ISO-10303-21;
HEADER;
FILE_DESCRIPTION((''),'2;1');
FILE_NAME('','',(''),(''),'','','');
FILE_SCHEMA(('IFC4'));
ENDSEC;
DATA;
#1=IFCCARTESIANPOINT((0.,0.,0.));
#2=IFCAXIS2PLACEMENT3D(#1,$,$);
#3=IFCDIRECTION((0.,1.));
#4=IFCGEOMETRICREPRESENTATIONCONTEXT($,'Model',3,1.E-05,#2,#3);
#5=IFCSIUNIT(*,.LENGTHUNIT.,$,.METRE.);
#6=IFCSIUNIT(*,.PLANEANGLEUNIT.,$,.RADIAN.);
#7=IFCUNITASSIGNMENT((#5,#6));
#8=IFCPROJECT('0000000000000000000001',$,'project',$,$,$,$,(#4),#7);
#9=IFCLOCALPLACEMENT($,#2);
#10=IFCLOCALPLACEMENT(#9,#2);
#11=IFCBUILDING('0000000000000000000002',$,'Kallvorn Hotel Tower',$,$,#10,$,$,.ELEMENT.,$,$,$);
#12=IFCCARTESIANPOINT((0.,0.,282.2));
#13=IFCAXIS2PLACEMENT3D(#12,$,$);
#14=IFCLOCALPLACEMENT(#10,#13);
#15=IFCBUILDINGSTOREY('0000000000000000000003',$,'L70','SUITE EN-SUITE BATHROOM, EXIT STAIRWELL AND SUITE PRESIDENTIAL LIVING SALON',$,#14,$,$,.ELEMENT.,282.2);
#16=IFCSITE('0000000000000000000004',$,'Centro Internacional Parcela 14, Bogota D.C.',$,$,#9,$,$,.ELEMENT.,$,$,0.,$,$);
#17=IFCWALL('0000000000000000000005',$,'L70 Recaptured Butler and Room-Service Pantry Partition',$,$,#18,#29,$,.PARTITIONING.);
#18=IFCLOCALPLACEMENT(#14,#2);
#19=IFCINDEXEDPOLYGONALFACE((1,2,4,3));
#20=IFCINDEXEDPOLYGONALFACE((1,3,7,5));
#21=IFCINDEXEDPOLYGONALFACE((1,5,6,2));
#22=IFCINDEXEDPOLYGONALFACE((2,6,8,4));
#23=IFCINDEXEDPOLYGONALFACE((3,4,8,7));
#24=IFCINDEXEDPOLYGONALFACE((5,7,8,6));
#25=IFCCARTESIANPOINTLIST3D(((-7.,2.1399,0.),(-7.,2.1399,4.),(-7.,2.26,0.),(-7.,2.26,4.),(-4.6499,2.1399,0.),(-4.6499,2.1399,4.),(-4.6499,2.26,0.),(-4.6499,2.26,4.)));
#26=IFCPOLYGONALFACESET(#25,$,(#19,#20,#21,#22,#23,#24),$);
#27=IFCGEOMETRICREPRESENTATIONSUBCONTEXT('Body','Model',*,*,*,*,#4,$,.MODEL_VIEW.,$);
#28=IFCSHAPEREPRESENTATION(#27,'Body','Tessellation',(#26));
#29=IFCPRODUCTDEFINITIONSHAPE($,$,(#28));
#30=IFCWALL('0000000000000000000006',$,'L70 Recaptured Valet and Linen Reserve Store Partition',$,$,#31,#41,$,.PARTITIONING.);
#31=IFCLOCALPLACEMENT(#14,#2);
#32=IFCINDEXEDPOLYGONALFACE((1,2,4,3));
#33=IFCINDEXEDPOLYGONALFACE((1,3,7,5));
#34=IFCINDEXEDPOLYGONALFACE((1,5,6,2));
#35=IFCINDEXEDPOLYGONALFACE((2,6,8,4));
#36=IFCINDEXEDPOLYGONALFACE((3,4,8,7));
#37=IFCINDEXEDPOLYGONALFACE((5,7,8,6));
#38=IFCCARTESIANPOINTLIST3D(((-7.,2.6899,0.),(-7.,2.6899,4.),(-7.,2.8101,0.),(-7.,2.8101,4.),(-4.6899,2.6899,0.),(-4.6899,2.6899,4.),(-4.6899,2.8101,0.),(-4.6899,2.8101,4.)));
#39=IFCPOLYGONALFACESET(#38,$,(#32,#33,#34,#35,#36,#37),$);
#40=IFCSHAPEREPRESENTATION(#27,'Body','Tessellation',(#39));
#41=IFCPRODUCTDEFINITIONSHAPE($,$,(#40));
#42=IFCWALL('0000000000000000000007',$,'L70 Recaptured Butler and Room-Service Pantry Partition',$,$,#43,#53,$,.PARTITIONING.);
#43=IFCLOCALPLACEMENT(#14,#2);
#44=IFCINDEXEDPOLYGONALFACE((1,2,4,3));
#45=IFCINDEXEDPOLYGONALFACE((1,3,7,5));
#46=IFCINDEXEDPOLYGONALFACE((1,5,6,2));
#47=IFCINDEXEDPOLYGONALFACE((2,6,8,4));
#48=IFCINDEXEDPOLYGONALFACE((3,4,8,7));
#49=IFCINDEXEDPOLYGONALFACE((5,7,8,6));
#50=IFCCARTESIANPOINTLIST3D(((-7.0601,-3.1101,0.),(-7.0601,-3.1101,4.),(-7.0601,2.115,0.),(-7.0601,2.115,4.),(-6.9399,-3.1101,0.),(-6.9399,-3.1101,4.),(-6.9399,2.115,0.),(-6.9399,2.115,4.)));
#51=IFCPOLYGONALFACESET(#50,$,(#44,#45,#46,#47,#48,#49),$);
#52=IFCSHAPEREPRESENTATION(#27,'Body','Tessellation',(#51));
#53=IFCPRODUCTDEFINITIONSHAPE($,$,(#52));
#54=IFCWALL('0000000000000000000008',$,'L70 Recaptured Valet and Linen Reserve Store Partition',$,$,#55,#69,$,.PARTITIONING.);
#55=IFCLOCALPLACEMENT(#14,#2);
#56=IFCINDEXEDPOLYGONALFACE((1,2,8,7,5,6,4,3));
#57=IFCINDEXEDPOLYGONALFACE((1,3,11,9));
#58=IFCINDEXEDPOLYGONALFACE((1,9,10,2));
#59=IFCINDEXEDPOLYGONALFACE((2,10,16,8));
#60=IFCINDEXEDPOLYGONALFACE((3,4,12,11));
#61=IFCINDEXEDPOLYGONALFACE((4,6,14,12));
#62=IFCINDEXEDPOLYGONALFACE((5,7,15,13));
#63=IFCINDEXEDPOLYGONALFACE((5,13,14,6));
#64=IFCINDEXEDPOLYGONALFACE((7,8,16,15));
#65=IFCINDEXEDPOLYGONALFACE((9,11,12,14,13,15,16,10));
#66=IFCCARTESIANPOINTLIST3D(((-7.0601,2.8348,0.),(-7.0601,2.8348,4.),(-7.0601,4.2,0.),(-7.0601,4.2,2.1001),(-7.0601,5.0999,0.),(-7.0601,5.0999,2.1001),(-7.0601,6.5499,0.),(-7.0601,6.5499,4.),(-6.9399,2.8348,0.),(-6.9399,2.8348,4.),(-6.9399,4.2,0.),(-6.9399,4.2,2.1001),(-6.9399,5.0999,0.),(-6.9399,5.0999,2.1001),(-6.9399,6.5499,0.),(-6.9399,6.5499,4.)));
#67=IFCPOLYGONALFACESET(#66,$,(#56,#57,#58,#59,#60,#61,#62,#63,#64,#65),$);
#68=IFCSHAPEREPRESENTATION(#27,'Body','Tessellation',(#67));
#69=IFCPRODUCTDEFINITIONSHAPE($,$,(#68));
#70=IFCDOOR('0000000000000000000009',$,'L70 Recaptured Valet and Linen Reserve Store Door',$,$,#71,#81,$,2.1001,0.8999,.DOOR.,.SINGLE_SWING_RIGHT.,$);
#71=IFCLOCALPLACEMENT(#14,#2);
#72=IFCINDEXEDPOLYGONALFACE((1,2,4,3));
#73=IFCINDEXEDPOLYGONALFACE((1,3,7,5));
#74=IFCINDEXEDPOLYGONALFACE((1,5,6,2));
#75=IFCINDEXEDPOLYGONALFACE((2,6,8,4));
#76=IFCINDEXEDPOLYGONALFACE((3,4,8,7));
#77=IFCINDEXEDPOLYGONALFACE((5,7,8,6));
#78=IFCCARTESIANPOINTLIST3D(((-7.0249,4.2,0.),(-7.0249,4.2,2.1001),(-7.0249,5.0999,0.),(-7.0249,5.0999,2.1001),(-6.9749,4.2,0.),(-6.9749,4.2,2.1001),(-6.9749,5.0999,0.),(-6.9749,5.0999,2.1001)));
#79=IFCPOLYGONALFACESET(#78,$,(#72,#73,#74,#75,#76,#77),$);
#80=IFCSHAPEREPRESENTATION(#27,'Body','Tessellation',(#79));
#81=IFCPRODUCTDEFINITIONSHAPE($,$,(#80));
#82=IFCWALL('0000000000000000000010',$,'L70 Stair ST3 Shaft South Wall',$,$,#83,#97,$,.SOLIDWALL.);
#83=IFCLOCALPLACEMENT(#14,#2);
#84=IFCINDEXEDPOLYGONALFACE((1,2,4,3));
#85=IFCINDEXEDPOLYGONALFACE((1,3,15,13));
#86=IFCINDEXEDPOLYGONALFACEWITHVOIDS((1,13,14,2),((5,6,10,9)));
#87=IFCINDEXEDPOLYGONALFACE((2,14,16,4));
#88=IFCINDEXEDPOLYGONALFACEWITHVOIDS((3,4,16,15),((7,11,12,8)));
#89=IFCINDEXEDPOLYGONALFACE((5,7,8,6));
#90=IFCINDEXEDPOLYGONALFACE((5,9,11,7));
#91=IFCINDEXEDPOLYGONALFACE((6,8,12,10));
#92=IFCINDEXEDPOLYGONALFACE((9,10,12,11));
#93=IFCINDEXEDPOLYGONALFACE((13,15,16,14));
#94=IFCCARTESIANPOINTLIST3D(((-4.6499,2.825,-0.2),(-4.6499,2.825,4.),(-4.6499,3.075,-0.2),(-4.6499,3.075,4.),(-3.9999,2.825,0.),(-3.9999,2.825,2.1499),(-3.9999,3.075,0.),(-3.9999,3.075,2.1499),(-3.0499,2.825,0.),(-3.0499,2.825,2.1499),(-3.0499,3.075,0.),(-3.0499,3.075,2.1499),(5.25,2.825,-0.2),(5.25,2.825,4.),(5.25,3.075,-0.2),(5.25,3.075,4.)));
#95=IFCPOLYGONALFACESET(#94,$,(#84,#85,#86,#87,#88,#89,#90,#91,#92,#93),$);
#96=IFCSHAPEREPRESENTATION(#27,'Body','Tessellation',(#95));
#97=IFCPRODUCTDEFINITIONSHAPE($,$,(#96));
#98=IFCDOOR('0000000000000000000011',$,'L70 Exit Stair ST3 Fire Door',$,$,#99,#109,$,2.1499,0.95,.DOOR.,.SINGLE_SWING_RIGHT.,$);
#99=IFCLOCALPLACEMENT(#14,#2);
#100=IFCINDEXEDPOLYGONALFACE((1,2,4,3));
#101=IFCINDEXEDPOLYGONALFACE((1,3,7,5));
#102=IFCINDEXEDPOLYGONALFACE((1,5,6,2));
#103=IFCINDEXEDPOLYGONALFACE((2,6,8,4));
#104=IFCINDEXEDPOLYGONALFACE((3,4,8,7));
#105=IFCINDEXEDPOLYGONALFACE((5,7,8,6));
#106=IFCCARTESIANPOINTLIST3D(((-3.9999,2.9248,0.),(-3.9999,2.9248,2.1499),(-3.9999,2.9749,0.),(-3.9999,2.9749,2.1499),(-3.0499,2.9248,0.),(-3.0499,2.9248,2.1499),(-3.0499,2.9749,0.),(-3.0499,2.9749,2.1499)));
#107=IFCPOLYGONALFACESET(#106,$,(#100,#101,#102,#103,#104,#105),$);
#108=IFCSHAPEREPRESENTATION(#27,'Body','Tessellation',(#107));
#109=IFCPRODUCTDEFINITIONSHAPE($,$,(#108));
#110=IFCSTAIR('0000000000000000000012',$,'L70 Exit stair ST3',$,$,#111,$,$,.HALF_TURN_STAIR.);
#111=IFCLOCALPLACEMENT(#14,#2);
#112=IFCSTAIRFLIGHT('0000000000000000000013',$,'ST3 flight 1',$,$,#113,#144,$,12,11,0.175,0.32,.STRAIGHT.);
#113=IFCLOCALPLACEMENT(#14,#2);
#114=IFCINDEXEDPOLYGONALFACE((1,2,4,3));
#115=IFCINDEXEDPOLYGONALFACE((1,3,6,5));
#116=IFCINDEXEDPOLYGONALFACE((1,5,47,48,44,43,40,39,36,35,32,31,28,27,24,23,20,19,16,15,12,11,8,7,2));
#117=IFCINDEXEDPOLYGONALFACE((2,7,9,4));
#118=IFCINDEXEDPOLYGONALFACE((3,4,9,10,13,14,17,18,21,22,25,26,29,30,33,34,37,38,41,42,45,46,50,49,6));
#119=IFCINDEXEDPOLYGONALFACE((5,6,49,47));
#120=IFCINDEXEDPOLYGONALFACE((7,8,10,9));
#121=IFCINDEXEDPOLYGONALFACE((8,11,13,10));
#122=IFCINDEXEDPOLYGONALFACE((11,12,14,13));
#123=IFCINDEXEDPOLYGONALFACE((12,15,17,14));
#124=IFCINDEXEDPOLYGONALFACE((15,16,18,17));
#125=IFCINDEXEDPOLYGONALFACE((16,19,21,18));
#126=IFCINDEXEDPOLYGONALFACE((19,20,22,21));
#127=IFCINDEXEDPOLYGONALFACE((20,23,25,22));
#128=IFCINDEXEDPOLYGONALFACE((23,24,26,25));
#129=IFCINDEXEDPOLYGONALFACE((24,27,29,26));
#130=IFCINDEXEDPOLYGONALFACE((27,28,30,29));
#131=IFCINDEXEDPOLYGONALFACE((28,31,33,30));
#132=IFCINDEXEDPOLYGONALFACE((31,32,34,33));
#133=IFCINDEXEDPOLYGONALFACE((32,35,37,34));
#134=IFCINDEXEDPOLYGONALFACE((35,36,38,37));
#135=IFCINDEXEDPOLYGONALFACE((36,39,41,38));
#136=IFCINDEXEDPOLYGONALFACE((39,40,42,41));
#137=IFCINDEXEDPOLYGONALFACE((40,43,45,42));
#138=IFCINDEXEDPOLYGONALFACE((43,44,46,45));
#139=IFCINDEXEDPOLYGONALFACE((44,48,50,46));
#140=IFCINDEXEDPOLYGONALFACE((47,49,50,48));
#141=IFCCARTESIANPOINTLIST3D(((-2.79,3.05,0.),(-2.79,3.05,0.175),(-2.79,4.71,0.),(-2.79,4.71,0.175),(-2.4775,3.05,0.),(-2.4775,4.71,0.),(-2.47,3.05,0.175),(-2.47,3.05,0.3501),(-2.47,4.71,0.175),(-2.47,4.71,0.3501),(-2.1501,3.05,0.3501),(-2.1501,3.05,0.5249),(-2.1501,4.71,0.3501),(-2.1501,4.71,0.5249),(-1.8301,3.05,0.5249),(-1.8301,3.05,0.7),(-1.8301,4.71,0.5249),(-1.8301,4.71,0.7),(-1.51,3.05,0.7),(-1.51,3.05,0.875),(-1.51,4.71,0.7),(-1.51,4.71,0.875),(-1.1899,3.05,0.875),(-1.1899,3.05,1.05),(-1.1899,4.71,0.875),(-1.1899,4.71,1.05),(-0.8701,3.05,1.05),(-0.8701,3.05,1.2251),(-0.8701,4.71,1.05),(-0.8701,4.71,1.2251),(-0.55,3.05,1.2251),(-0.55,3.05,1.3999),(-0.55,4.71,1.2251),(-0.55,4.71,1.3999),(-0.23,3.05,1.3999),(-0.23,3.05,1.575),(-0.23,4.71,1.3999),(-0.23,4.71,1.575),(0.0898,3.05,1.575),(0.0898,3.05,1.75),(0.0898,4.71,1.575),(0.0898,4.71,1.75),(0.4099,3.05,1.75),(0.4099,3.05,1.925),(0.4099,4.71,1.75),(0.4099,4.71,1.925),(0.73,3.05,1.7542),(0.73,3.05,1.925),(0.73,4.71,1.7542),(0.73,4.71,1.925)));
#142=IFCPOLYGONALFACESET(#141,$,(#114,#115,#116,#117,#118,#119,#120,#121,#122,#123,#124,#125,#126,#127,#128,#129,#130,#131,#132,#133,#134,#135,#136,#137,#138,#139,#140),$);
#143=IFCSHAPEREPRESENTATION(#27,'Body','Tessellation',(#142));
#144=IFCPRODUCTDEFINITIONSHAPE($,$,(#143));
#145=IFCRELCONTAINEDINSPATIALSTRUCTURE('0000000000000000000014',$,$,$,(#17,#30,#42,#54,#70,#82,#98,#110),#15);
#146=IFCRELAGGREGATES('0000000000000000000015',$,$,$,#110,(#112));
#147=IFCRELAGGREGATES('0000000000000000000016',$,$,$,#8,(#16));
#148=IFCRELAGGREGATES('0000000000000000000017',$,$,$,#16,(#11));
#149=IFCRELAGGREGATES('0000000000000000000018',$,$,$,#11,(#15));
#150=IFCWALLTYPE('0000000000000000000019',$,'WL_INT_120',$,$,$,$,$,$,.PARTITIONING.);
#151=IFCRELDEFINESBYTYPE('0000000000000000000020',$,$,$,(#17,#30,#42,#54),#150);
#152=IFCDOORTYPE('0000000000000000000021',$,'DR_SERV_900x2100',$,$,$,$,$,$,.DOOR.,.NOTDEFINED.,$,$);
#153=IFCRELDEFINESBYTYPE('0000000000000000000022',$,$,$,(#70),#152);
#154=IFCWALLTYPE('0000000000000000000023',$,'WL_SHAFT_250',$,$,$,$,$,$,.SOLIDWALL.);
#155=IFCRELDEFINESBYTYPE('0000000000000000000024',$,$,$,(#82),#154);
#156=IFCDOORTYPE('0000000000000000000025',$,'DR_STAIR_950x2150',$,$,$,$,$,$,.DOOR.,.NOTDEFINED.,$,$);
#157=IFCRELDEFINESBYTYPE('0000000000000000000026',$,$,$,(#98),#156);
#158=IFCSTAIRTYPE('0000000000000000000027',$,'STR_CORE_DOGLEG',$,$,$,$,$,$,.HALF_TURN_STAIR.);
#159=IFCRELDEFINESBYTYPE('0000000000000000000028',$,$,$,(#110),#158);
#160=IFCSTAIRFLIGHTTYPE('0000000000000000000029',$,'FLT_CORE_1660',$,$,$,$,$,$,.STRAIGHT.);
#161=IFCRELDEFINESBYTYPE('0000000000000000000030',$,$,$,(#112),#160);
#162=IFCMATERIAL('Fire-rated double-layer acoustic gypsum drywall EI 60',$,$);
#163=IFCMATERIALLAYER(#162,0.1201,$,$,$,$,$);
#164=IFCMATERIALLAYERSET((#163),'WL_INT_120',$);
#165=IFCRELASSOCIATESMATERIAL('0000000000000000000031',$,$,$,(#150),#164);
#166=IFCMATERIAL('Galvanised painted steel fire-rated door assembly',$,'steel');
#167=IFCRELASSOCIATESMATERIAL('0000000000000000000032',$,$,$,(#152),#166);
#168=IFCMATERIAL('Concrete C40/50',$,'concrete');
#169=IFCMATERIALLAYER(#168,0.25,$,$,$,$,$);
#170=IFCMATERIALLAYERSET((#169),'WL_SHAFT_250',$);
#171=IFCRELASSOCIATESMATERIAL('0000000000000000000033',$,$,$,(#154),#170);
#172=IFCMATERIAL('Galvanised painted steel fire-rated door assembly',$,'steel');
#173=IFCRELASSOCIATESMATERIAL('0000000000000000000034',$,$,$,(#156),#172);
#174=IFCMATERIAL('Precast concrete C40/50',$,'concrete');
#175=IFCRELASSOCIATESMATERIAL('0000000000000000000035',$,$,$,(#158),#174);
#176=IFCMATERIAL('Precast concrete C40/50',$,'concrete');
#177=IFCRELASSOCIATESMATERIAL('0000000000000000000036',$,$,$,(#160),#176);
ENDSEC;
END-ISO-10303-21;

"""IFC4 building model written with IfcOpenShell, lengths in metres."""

from ifc_helpers import new_model, si_unit, direction, frame, frame_2d, origin, place, context, subcontext, project, spatial, polyline, rectangle, outline, extrude, material, layer, layer_set, type_object, element, fill, aggregate, save


model = new_model("IFC4")

# Units and contexts
model_context = context("Model", 3, precision=1e-05, world=origin(), true_north=direction((0.0, 1.0)))
body_context = subcontext(model_context, "Body", "Model", "MODEL_VIEW")
ifc_project = project(units=[si_unit("LENGTHUNIT", "METRE"), si_unit("PLANEANGLEUNIT", "RADIAN")], contexts=[model_context])

# Site, building, storey
site_placement = place(None, origin())
site = spatial("IfcSite", under=ifc_project, at=site_placement, Name="Centro Internacional Parcela 14, Bogota D.C.", CompositionType="ELEMENT", RefElevation=0.0)
building_placement = place(site_placement, origin())
building = spatial("IfcBuilding", under=site, at=building_placement, Name="Kallvorn Hotel Tower", CompositionType="ELEMENT")
storey_placement = place(building_placement, frame((0.0, 0.0, 282.2)))
storey = spatial("IfcBuildingStorey", under=building, at=storey_placement, Name="L70", Description="SUITE EN-SUITE BATHROOM, EXIT STAIRWELL AND SUITE PRESIDENTIAL LIVING SALON", CompositionType="ELEMENT", Elevation=282.2)

# Walls
ifc_material_1 = material(Name="Fire-rated double-layer acoustic gypsum drywall EI 60")
ifc_layer_1 = layer(ifc_material_1, 0.1201)
ifc_layer_set_1 = layer_set([ifc_layer_1], Name="WL_INT_120")
wall_type_1 = type_object("IfcWallType", Name="WL_INT_120", PredefinedType="PARTITIONING", material=ifc_layer_set_1)
wall_1_placement = place(storey_placement, frame((-7.0, 2.2, 0.0), z_axis=(0.0, 0.0, 1.0), x_axis=(1.0, 0.0, 0.0)))
element("IfcWall", 1, at=wall_1_placement, inside=storey, type_object=wall_type_1, Name="L70 Recaptured Butler and Room-Service Pantry Partition", PredefinedType="PARTITIONING", context=body_context, shape_type="SweptSolid", body=[
    extrude(rectangle(XDim=2.3501, YDim=0.1201, at=frame_2d((1.175, 0.0))), origin(), (0.0, 0.0, 1.0), 4.0),
])
wall_2_placement = place(storey_placement, frame((-7.0, 2.75, 0.0), z_axis=(0.0, 0.0, 1.0), x_axis=(1.0, 0.0, 0.0)))
element("IfcWall", 2, at=wall_2_placement, inside=storey, type_object=wall_type_1, Name="L70 Recaptured Valet and Linen Reserve Store Partition", PredefinedType="PARTITIONING", context=body_context, shape_type="SweptSolid", body=[
    extrude(rectangle(XDim=2.3101, YDim=0.1201, at=frame_2d((1.155, 0.0))), origin(), (0.0, 0.0, 1.0), 4.0),
])
wall_3_placement = place(storey_placement, frame((-7.0, -3.1101, 0.0), z_axis=(0.0, 0.0, 1.0), x_axis=(0.0, 1.0, 0.0)))
element("IfcWall", 3, at=wall_3_placement, inside=storey, type_object=wall_type_1, Name="L70 Recaptured Butler and Room-Service Pantry Partition", PredefinedType="PARTITIONING", context=body_context, shape_type="SweptSolid", body=[
    extrude(rectangle(XDim=5.2251, YDim=0.1201, at=frame_2d((2.6125, 0.0))), origin(), (0.0, 0.0, 1.0), 4.0),
])

# Walls, openings, doors
wall_4_placement = place(storey_placement, frame((-7.0, 2.835, 0.0), z_axis=(0.0, 0.0, 1.0), x_axis=(0.0, 1.0, 0.0)))
wall_4 = element("IfcWall", 4, at=wall_4_placement, inside=storey, type_object=wall_type_1, Name="L70 Recaptured Valet and Linen Reserve Store Partition", PredefinedType="PARTITIONING", context=body_context, shape_type="SweptSolid", body=[
    extrude(rectangle(XDim=3.7151, YDim=0.1201, at=frame_2d((1.8574, 0.0))), origin(), (0.0, 0.0, 1.0), 4.0),
])
opening_1_placement = place(wall_4_placement, frame((1.365, 0.0, 0.0)))
opening_1 = element("IfcOpeningElement", 5, at=opening_1_placement, cuts=wall_4, PredefinedType="OPENING", context=body_context, shape_type="SweptSolid", body=[
    extrude(rectangle(XDim=0.8999, YDim=2.1001, at=frame_2d((0.45, 1.05))), frame((0.0, 0.075, 0.0), z_axis=(0.0, -1.0, 0.0), x_axis=(1.0, 0.0, 0.0)), (0.0, 0.0, 1.0), 0.1501),
])
ifc_material_2 = material(Name="Galvanised painted steel fire-rated door assembly", Category="steel")
door_type_1 = type_object("IfcDoorType", Name="DR_SERV_900x2100", OperationType="NOTDEFINED", PredefinedType="DOOR", material=ifc_material_2)
door_1_placement = place(opening_1_placement, origin())
door_1 = element("IfcDoor", 6, at=door_1_placement, inside=storey, type_object=door_type_1, Name="L70 Recaptured Valet and Linen Reserve Store Door", OperationType="SINGLE_SWING_RIGHT", OverallHeight=2.1001, OverallWidth=0.8999, PredefinedType="DOOR", context=body_context, shape_type="SweptSolid", body=[
    extrude(rectangle(XDim=0.8999, YDim=2.1001, at=frame_2d((0.45, 1.05))), frame((0.0, 0.0249, 0.0), z_axis=(0.0, -1.0, 0.0), x_axis=(1.0, 0.0, 0.0)), (0.0, 0.0, 1.0), 0.05),
])
fill(opening_1, door_1)
ifc_material_3 = material(Name="Concrete C40/50", Category="concrete")
ifc_layer_2 = layer(ifc_material_3, 0.25)
ifc_layer_set_2 = layer_set([ifc_layer_2], Name="WL_SHAFT_250")
wall_type_2 = type_object("IfcWallType", Name="WL_SHAFT_250", PredefinedType="SOLIDWALL", material=ifc_layer_set_2)
wall_5_placement = place(storey_placement, frame((-4.6499, 2.95, -0.2), z_axis=(0.0, 0.0, 1.0), x_axis=(1.0, 0.0, 0.0)))
wall_5 = element("IfcWall", 7, at=wall_5_placement, inside=storey, type_object=wall_type_2, Name="L70 Stair ST3 Shaft South Wall", PredefinedType="SOLIDWALL", context=body_context, shape_type="SweptSolid", body=[
    extrude(rectangle(XDim=9.8999, YDim=0.25, at=frame_2d((4.95, 0.0))), origin(), (0.0, 0.0, 1.0), 4.2),
])
opening_2_placement = place(wall_5_placement, frame((0.6499, 0.0, 0.2)))
opening_2 = element("IfcOpeningElement", 8, at=opening_2_placement, cuts=wall_5, PredefinedType="OPENING", context=body_context, shape_type="SweptSolid", body=[
    extrude(rectangle(XDim=0.95, YDim=2.1499, at=frame_2d((0.4751, 1.075))), frame((0.0, 0.1399, 0.0), z_axis=(0.0, -1.0, 0.0), x_axis=(1.0, 0.0, 0.0)), (0.0, 0.0, 1.0), 0.28),
])
ifc_material_4 = material(Name="Galvanised painted steel fire-rated door assembly", Category="steel")
door_type_2 = type_object("IfcDoorType", Name="DR_STAIR_950x2150", OperationType="NOTDEFINED", PredefinedType="DOOR", material=ifc_material_4)
door_2_placement = place(opening_2_placement, origin())
door_2 = element("IfcDoor", 9, at=door_2_placement, inside=storey, type_object=door_type_2, Name="L70 Exit Stair ST3 Fire Door", OperationType="SINGLE_SWING_RIGHT", OverallHeight=2.1499, OverallWidth=0.95, PredefinedType="DOOR", context=body_context, shape_type="SweptSolid", body=[
    extrude(rectangle(XDim=0.95, YDim=2.1499, at=frame_2d((0.4751, 1.075))), frame((0.0, 0.0249, 0.0), z_axis=(0.0, -1.0, 0.0), x_axis=(1.0, 0.0, 0.0)), (0.0, 0.0, 1.0), 0.05),
])
fill(opening_2, door_2)

# Stair, stair flight
ifc_material_5 = material(Name="Precast concrete C40/50", Category="concrete")
stair_type = type_object("IfcStairType", Name="STR_CORE_DOGLEG", PredefinedType="HALF_TURN_STAIR", material=ifc_material_5)
stair_placement = place(storey_placement, origin())
stair = element("IfcStair", 10, at=stair_placement, inside=storey, type_object=stair_type, Name="L70 Exit stair ST3", PredefinedType="HALF_TURN_STAIR")
ifc_material_6 = material(Name="Precast concrete C40/50", Category="concrete")
stair_flight_type = type_object("IfcStairFlightType", Name="FLT_CORE_1660", PredefinedType="STRAIGHT", material=ifc_material_6)
stair_flight_placement = place(storey_placement, frame((-2.79, 3.8799, 0.0), z_axis=(0.0, 0.0, 1.0), x_axis=(1.0, 0.0, 0.0)))
stair_flight = element("IfcStairFlight", 11, at=stair_flight_placement, type_object=stair_flight_type, Name="ST3 flight 1", NumberOfRisers=12, NumberOfTreads=11, PredefinedType="STRAIGHT", RiserHeight=0.175, TreadLength=0.32, context=body_context, shape_type="SweptSolid", body=[
    extrude(outline(polyline([(0.0, 0.0), (0.0, 0.175), (0.3201, 0.175), (0.3201, 0.3501), (0.6399, 0.3501), (0.6399, 0.5249), (0.96, 0.5249), (0.96, 0.7), (1.28, 0.7), (1.28, 0.875), (1.6001, 0.875), (1.6001, 1.05), (1.9199, 1.05), (1.9199, 1.2251), (2.24, 1.2251), (2.24, 1.3999), (2.5601, 1.3999), (2.5601, 1.575), (2.8799, 1.575), (2.8799, 1.75), (3.2, 1.75), (3.2, 1.925), (3.52, 1.925), (3.52, 2.1001), (3.52, 1.7542), (0.3125, 0.0), (0.0, 0.0)])), frame((0.0, 0.8301, 0.0), z_axis=(0.0, -1.0, 0.0), x_axis=(1.0, 0.0, 0.0)), (0.0, 0.0, 1.0), 1.6599),
])
aggregate(stair, [stair_flight])

save(model, "model.ifc")
